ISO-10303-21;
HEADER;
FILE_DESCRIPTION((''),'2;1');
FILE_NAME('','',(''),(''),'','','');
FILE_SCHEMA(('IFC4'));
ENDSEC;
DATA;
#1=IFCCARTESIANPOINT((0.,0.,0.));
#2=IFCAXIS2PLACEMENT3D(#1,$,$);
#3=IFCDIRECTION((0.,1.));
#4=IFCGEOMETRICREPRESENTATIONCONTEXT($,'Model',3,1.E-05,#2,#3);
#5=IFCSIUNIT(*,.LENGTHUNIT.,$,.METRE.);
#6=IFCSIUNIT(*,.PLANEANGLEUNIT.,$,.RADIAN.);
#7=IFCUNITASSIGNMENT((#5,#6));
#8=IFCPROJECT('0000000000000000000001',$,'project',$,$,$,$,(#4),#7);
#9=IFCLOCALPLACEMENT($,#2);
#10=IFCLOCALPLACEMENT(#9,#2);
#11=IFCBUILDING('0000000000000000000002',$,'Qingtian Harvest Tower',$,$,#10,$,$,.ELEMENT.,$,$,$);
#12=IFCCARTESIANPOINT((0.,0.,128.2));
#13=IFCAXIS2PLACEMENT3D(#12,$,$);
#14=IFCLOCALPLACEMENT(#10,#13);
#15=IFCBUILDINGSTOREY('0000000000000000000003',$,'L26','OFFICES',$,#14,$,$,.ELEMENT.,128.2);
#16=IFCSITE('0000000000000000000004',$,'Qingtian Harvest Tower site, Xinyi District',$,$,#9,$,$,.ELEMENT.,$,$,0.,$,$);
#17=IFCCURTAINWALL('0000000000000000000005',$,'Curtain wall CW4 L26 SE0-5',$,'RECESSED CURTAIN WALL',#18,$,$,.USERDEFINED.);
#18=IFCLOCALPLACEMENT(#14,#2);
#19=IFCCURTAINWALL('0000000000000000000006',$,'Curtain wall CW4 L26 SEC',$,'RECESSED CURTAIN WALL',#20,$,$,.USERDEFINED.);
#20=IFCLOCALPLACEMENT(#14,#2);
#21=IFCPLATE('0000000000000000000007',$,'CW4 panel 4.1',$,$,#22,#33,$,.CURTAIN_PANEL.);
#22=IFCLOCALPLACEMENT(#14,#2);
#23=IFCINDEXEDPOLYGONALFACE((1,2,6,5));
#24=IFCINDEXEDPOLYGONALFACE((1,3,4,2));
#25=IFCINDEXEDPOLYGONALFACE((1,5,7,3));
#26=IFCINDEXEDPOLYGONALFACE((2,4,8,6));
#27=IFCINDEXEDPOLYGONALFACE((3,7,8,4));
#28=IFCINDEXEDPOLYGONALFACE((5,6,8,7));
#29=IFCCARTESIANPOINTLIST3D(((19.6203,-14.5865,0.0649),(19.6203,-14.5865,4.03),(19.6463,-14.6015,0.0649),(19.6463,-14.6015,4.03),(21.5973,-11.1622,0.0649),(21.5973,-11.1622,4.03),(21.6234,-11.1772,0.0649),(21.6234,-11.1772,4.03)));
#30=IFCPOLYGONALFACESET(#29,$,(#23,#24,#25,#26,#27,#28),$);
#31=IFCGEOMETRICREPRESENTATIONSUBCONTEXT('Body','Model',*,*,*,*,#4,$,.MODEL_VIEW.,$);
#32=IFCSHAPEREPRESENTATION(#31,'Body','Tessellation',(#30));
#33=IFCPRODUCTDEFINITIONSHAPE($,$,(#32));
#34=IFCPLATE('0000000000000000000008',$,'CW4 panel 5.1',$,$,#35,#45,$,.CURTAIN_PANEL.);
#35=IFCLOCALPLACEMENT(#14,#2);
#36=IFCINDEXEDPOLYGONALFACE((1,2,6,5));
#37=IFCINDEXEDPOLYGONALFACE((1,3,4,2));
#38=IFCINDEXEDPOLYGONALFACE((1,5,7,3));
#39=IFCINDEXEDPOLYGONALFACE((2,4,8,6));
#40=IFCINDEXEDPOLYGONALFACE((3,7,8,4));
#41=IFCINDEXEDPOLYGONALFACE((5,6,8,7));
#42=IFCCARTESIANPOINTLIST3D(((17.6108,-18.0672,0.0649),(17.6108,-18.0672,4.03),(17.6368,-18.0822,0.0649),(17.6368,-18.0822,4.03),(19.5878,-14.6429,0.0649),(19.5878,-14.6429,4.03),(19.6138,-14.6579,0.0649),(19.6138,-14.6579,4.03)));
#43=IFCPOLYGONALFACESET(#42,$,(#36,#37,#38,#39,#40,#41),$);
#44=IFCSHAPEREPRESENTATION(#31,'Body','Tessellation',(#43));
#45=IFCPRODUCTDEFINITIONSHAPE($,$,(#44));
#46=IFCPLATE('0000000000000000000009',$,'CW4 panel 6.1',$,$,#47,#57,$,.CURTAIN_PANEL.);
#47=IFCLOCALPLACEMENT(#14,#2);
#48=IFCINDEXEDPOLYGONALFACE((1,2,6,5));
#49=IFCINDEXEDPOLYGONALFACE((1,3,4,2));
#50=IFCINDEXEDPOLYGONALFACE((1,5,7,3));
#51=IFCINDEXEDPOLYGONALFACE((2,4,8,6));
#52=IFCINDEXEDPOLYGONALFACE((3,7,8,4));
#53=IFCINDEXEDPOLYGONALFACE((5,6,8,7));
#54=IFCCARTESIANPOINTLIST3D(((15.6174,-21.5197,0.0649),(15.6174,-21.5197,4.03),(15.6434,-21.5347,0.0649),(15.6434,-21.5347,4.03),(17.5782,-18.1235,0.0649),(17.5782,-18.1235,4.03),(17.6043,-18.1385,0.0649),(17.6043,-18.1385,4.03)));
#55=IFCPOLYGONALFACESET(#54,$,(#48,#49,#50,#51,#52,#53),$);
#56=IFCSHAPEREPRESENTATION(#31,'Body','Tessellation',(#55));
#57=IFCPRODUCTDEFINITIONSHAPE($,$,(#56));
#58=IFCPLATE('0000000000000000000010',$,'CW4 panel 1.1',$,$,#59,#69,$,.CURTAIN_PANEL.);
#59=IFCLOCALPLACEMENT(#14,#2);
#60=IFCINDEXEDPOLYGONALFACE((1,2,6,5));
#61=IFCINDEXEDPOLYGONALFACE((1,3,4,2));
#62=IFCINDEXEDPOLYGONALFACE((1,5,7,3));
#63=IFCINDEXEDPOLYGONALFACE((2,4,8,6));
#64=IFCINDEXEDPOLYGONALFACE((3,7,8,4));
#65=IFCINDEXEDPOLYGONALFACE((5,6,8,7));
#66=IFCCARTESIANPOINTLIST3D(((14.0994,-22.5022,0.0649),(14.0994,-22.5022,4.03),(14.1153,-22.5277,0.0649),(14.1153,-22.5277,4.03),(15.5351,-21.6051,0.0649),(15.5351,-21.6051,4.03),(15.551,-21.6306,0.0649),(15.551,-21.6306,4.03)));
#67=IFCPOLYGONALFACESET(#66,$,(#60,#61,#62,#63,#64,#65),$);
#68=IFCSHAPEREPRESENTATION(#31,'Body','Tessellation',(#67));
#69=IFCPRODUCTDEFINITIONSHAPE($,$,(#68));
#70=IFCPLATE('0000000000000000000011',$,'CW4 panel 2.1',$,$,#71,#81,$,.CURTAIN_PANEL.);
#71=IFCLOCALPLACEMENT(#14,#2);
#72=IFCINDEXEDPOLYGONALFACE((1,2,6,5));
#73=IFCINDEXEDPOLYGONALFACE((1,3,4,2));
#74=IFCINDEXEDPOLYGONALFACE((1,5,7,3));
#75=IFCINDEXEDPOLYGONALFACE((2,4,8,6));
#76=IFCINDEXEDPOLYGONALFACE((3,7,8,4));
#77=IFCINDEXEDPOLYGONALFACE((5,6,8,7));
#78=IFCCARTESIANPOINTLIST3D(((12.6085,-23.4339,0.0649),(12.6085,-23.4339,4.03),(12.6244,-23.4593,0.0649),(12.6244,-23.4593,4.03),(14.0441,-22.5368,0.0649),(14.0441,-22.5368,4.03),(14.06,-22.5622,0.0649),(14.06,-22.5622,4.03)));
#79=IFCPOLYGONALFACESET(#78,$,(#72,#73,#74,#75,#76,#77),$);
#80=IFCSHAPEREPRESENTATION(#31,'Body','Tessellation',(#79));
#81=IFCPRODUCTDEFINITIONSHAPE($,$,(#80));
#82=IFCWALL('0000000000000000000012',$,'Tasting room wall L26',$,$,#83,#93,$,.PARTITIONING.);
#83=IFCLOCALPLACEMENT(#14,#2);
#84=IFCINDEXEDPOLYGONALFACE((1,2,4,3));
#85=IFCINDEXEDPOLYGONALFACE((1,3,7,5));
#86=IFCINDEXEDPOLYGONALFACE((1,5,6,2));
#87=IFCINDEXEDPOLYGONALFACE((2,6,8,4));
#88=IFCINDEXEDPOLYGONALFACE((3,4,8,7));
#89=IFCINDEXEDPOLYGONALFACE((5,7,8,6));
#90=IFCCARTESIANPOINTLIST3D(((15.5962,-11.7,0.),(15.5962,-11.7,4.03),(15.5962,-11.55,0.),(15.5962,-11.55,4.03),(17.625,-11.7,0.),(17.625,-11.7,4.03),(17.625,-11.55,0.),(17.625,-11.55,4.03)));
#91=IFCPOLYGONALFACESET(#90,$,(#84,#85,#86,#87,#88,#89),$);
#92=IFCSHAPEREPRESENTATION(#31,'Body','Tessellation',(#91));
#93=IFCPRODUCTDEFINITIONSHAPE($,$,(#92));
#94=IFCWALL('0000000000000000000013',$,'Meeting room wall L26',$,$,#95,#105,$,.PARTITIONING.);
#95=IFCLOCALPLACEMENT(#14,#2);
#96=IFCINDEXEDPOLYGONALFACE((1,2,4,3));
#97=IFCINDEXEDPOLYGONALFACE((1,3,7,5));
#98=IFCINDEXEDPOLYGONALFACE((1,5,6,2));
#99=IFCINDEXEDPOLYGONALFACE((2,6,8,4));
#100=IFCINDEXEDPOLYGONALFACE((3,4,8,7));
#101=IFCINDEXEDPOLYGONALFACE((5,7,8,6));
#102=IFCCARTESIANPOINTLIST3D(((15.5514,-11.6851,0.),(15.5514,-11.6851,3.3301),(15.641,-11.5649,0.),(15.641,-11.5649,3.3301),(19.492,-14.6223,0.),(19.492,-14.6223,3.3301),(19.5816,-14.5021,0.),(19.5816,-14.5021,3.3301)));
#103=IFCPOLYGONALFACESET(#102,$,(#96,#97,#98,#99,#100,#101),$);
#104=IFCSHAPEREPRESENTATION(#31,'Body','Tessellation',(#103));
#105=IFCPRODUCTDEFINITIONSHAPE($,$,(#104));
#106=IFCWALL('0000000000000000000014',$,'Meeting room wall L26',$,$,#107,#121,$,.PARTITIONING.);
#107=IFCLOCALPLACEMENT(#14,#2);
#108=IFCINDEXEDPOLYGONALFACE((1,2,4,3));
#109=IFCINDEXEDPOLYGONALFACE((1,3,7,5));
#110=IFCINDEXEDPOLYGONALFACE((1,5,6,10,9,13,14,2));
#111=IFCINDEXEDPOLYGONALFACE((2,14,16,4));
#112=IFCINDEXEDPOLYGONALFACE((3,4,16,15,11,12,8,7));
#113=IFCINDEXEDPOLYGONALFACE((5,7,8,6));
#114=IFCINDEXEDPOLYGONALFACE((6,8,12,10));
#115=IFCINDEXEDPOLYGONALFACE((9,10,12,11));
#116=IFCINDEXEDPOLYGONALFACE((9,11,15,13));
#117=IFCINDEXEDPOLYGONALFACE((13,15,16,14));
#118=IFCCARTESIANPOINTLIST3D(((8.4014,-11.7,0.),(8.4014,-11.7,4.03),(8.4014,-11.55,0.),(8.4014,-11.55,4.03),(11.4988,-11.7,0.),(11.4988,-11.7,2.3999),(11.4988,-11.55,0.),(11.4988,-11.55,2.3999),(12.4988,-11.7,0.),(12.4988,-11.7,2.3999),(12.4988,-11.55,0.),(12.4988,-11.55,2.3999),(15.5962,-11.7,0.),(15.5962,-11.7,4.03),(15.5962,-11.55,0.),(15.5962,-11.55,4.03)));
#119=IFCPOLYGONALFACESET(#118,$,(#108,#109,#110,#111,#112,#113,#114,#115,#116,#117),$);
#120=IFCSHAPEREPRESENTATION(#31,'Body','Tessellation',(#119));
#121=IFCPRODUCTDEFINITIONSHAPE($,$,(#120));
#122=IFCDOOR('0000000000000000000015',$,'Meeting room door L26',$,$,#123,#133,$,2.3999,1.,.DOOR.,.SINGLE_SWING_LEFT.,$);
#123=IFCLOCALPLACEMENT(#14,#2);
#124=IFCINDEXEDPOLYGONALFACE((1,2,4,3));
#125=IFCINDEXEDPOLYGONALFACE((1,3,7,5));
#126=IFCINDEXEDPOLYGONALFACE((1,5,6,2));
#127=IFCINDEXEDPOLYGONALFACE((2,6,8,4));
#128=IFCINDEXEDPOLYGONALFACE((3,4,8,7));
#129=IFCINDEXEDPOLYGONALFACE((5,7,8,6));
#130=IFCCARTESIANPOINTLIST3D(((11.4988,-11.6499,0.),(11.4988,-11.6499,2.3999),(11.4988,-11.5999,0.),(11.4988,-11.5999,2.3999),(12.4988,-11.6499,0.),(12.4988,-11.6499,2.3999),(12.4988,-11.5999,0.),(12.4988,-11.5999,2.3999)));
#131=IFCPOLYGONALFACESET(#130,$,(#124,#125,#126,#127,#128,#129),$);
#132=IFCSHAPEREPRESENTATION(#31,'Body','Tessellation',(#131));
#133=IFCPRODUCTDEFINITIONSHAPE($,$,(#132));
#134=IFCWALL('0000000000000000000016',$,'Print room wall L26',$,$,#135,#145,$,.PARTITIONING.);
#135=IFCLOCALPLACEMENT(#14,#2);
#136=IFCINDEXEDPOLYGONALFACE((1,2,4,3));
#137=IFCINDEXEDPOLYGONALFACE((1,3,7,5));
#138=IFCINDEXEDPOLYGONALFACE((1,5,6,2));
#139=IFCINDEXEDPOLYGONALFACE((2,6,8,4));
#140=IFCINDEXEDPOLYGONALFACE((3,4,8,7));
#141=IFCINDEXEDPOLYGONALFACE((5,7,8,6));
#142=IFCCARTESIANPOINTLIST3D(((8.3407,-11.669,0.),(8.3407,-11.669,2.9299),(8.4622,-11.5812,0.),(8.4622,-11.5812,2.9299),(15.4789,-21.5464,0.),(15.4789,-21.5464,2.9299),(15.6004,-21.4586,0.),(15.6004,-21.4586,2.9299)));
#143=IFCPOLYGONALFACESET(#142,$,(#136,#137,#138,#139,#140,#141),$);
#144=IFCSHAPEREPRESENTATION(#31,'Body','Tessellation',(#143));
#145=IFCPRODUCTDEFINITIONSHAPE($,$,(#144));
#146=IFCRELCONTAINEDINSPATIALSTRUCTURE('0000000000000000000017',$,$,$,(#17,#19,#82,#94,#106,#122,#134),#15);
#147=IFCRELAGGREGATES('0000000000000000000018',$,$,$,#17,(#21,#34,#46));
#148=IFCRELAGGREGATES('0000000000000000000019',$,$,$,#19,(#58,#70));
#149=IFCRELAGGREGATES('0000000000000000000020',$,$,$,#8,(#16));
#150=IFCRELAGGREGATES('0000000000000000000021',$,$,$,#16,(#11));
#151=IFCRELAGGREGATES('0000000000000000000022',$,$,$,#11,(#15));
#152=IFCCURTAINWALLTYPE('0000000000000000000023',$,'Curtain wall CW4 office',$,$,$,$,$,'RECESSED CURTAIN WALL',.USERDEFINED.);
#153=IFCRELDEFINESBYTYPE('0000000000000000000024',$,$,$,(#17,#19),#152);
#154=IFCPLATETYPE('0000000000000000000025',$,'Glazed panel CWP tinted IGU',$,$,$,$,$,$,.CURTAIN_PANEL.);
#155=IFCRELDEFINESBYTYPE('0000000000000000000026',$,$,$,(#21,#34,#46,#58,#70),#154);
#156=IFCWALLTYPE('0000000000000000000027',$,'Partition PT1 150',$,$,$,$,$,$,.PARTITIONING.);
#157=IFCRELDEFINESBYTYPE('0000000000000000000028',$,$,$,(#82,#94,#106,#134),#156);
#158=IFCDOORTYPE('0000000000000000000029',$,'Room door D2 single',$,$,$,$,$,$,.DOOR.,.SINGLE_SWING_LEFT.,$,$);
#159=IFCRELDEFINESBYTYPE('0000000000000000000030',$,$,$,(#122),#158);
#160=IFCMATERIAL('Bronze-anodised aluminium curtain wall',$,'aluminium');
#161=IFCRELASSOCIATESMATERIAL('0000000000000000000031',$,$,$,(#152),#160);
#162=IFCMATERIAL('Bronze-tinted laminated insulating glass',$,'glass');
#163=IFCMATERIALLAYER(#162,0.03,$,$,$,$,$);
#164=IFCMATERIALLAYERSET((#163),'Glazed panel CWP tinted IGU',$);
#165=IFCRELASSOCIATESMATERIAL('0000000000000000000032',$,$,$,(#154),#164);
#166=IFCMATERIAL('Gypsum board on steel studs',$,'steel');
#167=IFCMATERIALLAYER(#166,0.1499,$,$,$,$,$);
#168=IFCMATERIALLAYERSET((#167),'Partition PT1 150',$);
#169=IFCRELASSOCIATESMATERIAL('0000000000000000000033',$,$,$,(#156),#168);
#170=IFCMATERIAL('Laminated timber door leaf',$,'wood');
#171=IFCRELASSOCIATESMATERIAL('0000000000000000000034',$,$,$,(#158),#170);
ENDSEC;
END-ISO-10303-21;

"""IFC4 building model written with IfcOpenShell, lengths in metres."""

from ifc_helpers import new_model, si_unit, direction, frame, frame_2d, origin, origin_2d, place, context, subcontext, project, spatial, rectangle, extrude, material, layer, layer_set, type_object, element, fill, aggregate, save


model = new_model("IFC4")

# Units and contexts
model_context = context("Model", 3, precision=1e-05, world=origin(), true_north=direction((0.0, 1.0)))
body_context = subcontext(model_context, "Body", "Model", "MODEL_VIEW")
ifc_project = project(units=[si_unit("LENGTHUNIT", "METRE"), si_unit("PLANEANGLEUNIT", "RADIAN")], contexts=[model_context])

# Site, building, storey
site_placement = place(None, origin())
site = spatial("IfcSite", under=ifc_project, at=site_placement, Name="Qingtian Harvest Tower site, Xinyi District", CompositionType="ELEMENT", RefElevation=0.0)
building_placement = place(site_placement, origin())
building = spatial("IfcBuilding", under=site, at=building_placement, Name="Qingtian Harvest Tower", CompositionType="ELEMENT")
storey_placement = place(building_placement, frame((0.0, 0.0, 128.2)))
storey = spatial("IfcBuildingStorey", under=building, at=storey_placement, Name="L26", Description="OFFICES", CompositionType="ELEMENT", Elevation=128.2)

# Curtain walls
ifc_material_1 = material(Name="Bronze-anodised aluminium curtain wall", Category="aluminium")
curtain_wall_type = type_object("IfcCurtainWallType", Name="Curtain wall CW4 office", ElementType="RECESSED CURTAIN WALL", PredefinedType="USERDEFINED", material=ifc_material_1)
curtain_wall_1_placement = place(storey_placement, origin())
curtain_wall_1 = element("IfcCurtainWall", 1, at=curtain_wall_1_placement, inside=storey, type_object=curtain_wall_type, Name="Curtain wall CW4 L26 SE0-5", ObjectType="RECESSED CURTAIN WALL", PredefinedType="USERDEFINED")
curtain_wall_2_placement = place(storey_placement, origin())
curtain_wall_2 = element("IfcCurtainWall", 2, at=curtain_wall_2_placement, inside=storey, type_object=curtain_wall_type, Name="Curtain wall CW4 L26 SEC", ObjectType="RECESSED CURTAIN WALL", PredefinedType="USERDEFINED")

# Plates
ifc_material_2 = material(Name="Bronze-tinted laminated insulating glass", Category="glass")
ifc_layer_1 = layer(ifc_material_2, 0.03)
ifc_layer_set_1 = layer_set([ifc_layer_1], Name="Glazed panel CWP tinted IGU")
plate_type = type_object("IfcPlateType", Name="Glazed panel CWP tinted IGU", PredefinedType="CURTAIN_PANEL", material=ifc_layer_set_1)
plate_1_placement = place(storey_placement, frame((20.6218, -12.8818, 0.0649), z_axis=(0.0, 0.0, 1.0), x_axis=(-0.5, -0.866025, 0.0)))
plate_1 = element("IfcPlate", 3, at=plate_1_placement, type_object=plate_type, Name="CW4 panel 4.1", PredefinedType="CURTAIN_PANEL", context=body_context, shape_type="SweptSolid", body=[
    extrude(rectangle(XDim=3.9541, YDim=0.03, at=origin_2d()), origin(), (0.0, 0.0, 1.0), 3.9651),
])
plate_2_placement = place(storey_placement, frame((18.6123, -16.3625, 0.0649), z_axis=(0.0, 0.0, 1.0), x_axis=(-0.5, -0.866025, 0.0)))
plate_2 = element("IfcPlate", 4, at=plate_2_placement, type_object=plate_type, Name="CW4 panel 5.1", PredefinedType="CURTAIN_PANEL", context=body_context, shape_type="SweptSolid", body=[
    extrude(rectangle(XDim=3.9541, YDim=0.03, at=origin_2d()), origin(), (0.0, 0.0, 1.0), 3.9651),
])
plate_3_placement = place(storey_placement, frame((16.6108, -19.8291, 0.0649), z_axis=(0.0, 0.0, 1.0), x_axis=(-0.5, -0.866025, 0.0)))
plate_3 = element("IfcPlate", 5, at=plate_3_placement, type_object=plate_type, Name="CW4 panel 6.1", PredefinedType="CURTAIN_PANEL", context=body_context, shape_type="SweptSolid", body=[
    extrude(rectangle(XDim=3.9216, YDim=0.03, at=origin_2d()), origin(), (0.0, 0.0, 1.0), 3.9651),
])
aggregate(curtain_wall_1, [plate_1, plate_2, plate_3])
plate_4_placement = place(storey_placement, frame((14.8252, -22.0664, 0.0649), z_axis=(0.0, 0.0, 1.0), x_axis=(-0.848048, -0.529919, 0.0)))
plate_4 = element("IfcPlate", 6, at=plate_4_placement, type_object=plate_type, Name="CW4 panel 1.1", PredefinedType="CURTAIN_PANEL", context=body_context, shape_type="SweptSolid", body=[
    extrude(rectangle(XDim=1.6929, YDim=0.03, at=origin_2d()), origin(), (0.0, 0.0, 1.0), 3.9651),
])
plate_5_placement = place(storey_placement, frame((13.3342, -22.998, 0.0649), z_axis=(0.0, 0.0, 1.0), x_axis=(-0.848048, -0.529919, 0.0)))
plate_5 = element("IfcPlate", 7, at=plate_5_placement, type_object=plate_type, Name="CW4 panel 2.1", PredefinedType="CURTAIN_PANEL", context=body_context, shape_type="SweptSolid", body=[
    extrude(rectangle(XDim=1.6929, YDim=0.03, at=origin_2d()), origin(), (0.0, 0.0, 1.0), 3.9651),
])
aggregate(curtain_wall_2, [plate_4, plate_5])

# Walls
ifc_material_3 = material(Name="Gypsum board on steel studs", Category="steel")
ifc_layer_2 = layer(ifc_material_3, 0.1499)
ifc_layer_set_2 = layer_set([ifc_layer_2], Name="Partition PT1 150")
wall_type = type_object("IfcWallType", Name="Partition PT1 150", PredefinedType="PARTITIONING", material=ifc_layer_set_2)
wall_1_placement = place(storey_placement, frame((17.625, -11.625, 0.0), z_axis=(0.0, 0.0, 1.0), x_axis=(-1.0, 0.0, 0.0)))
element("IfcWall", 8, at=wall_1_placement, inside=storey, type_object=wall_type, Name="Tasting room wall L26", PredefinedType="PARTITIONING", context=body_context, shape_type="SweptSolid", body=[
    extrude(rectangle(XDim=2.0288, YDim=0.1499, at=frame_2d((1.0144, 0.0))), origin(), (0.0, 0.0, 1.0), 4.03),
])
wall_2_placement = place(storey_placement, frame((19.5369, -14.5623, 0.0), z_axis=(0.0, 0.0, 1.0), x_axis=(-0.801779, 0.597621, 0.0)))
element("IfcWall", 9, at=wall_2_placement, inside=storey, type_object=wall_type, Name="Meeting room wall L26", PredefinedType="PARTITIONING", context=body_context, shape_type="SweptSolid", body=[
    extrude(rectangle(XDim=4.9148, YDim=0.1499, at=frame_2d((2.4575, 0.0))), origin(), (0.0, 0.0, 1.0), 3.3301),
])

# Wall, opening, door
wall_3_placement = place(storey_placement, frame((15.5962, -11.625, 0.0), z_axis=(0.0, 0.0, 1.0), x_axis=(-1.0, 0.0, 0.0)))
wall_3 = element("IfcWall", 10, at=wall_3_placement, inside=storey, type_object=wall_type, Name="Meeting room wall L26", PredefinedType="PARTITIONING", context=body_context, shape_type="SweptSolid", body=[
    extrude(rectangle(XDim=7.1948, YDim=0.1499, at=frame_2d((3.5974, 0.0))), origin(), (0.0, 0.0, 1.0), 4.03),
])
opening_placement = place(wall_3_placement, frame((3.0974, 0.0, 0.0)))
opening = element("IfcOpeningElement", 11, at=opening_placement, cuts=wall_3, PredefinedType="OPENING", context=body_context, shape_type="SweptSolid", body=[
    extrude(rectangle(XDim=1.0, YDim=2.3999, at=frame_2d((0.5, 1.2))), frame((0.0, 0.085, 0.0), z_axis=(0.0, -1.0, 0.0), x_axis=(1.0, 0.0, 0.0)), (0.0, 0.0, 1.0), 0.1699),
])
ifc_material_4 = material(Name="Laminated timber door leaf", Category="wood")
door_type = type_object("IfcDoorType", Name="Room door D2 single", OperationType="SINGLE_SWING_LEFT", PredefinedType="DOOR", material=ifc_material_4)
door_placement = place(opening_placement, origin())
door = element("IfcDoor", 12, at=door_placement, inside=storey, type_object=door_type, Name="Meeting room door L26", OperationType="SINGLE_SWING_LEFT", OverallHeight=2.3999, OverallWidth=1.0, PredefinedType="DOOR", context=body_context, shape_type="SweptSolid", body=[
    extrude(rectangle(XDim=1.0, YDim=2.3999, at=frame_2d((0.5, 1.2))), frame((0.0, 0.0249, 0.0), z_axis=(0.0, -1.0, 0.0), x_axis=(1.0, 0.0, 0.0)), (0.0, 0.0, 1.0), 0.05),
])
fill(opening, door)

# Wall
wall_4_placement = place(storey_placement, frame((15.5396, -21.5024, 0.0), z_axis=(0.0, 0.0, 1.0), x_axis=(-0.585732, 0.810505, 0.0)))
element("IfcWall", 13, at=wall_4_placement, inside=storey, type_object=wall_type, Name="Print room wall L26", PredefinedType="PARTITIONING", context=body_context, shape_type="SweptSolid", body=[
    extrude(rectangle(XDim=12.1868, YDim=0.1499, at=frame_2d((6.0933, 0.0))), origin(), (0.0, 0.0, 1.0), 2.9299),
])

save(model, "model.ifc")
